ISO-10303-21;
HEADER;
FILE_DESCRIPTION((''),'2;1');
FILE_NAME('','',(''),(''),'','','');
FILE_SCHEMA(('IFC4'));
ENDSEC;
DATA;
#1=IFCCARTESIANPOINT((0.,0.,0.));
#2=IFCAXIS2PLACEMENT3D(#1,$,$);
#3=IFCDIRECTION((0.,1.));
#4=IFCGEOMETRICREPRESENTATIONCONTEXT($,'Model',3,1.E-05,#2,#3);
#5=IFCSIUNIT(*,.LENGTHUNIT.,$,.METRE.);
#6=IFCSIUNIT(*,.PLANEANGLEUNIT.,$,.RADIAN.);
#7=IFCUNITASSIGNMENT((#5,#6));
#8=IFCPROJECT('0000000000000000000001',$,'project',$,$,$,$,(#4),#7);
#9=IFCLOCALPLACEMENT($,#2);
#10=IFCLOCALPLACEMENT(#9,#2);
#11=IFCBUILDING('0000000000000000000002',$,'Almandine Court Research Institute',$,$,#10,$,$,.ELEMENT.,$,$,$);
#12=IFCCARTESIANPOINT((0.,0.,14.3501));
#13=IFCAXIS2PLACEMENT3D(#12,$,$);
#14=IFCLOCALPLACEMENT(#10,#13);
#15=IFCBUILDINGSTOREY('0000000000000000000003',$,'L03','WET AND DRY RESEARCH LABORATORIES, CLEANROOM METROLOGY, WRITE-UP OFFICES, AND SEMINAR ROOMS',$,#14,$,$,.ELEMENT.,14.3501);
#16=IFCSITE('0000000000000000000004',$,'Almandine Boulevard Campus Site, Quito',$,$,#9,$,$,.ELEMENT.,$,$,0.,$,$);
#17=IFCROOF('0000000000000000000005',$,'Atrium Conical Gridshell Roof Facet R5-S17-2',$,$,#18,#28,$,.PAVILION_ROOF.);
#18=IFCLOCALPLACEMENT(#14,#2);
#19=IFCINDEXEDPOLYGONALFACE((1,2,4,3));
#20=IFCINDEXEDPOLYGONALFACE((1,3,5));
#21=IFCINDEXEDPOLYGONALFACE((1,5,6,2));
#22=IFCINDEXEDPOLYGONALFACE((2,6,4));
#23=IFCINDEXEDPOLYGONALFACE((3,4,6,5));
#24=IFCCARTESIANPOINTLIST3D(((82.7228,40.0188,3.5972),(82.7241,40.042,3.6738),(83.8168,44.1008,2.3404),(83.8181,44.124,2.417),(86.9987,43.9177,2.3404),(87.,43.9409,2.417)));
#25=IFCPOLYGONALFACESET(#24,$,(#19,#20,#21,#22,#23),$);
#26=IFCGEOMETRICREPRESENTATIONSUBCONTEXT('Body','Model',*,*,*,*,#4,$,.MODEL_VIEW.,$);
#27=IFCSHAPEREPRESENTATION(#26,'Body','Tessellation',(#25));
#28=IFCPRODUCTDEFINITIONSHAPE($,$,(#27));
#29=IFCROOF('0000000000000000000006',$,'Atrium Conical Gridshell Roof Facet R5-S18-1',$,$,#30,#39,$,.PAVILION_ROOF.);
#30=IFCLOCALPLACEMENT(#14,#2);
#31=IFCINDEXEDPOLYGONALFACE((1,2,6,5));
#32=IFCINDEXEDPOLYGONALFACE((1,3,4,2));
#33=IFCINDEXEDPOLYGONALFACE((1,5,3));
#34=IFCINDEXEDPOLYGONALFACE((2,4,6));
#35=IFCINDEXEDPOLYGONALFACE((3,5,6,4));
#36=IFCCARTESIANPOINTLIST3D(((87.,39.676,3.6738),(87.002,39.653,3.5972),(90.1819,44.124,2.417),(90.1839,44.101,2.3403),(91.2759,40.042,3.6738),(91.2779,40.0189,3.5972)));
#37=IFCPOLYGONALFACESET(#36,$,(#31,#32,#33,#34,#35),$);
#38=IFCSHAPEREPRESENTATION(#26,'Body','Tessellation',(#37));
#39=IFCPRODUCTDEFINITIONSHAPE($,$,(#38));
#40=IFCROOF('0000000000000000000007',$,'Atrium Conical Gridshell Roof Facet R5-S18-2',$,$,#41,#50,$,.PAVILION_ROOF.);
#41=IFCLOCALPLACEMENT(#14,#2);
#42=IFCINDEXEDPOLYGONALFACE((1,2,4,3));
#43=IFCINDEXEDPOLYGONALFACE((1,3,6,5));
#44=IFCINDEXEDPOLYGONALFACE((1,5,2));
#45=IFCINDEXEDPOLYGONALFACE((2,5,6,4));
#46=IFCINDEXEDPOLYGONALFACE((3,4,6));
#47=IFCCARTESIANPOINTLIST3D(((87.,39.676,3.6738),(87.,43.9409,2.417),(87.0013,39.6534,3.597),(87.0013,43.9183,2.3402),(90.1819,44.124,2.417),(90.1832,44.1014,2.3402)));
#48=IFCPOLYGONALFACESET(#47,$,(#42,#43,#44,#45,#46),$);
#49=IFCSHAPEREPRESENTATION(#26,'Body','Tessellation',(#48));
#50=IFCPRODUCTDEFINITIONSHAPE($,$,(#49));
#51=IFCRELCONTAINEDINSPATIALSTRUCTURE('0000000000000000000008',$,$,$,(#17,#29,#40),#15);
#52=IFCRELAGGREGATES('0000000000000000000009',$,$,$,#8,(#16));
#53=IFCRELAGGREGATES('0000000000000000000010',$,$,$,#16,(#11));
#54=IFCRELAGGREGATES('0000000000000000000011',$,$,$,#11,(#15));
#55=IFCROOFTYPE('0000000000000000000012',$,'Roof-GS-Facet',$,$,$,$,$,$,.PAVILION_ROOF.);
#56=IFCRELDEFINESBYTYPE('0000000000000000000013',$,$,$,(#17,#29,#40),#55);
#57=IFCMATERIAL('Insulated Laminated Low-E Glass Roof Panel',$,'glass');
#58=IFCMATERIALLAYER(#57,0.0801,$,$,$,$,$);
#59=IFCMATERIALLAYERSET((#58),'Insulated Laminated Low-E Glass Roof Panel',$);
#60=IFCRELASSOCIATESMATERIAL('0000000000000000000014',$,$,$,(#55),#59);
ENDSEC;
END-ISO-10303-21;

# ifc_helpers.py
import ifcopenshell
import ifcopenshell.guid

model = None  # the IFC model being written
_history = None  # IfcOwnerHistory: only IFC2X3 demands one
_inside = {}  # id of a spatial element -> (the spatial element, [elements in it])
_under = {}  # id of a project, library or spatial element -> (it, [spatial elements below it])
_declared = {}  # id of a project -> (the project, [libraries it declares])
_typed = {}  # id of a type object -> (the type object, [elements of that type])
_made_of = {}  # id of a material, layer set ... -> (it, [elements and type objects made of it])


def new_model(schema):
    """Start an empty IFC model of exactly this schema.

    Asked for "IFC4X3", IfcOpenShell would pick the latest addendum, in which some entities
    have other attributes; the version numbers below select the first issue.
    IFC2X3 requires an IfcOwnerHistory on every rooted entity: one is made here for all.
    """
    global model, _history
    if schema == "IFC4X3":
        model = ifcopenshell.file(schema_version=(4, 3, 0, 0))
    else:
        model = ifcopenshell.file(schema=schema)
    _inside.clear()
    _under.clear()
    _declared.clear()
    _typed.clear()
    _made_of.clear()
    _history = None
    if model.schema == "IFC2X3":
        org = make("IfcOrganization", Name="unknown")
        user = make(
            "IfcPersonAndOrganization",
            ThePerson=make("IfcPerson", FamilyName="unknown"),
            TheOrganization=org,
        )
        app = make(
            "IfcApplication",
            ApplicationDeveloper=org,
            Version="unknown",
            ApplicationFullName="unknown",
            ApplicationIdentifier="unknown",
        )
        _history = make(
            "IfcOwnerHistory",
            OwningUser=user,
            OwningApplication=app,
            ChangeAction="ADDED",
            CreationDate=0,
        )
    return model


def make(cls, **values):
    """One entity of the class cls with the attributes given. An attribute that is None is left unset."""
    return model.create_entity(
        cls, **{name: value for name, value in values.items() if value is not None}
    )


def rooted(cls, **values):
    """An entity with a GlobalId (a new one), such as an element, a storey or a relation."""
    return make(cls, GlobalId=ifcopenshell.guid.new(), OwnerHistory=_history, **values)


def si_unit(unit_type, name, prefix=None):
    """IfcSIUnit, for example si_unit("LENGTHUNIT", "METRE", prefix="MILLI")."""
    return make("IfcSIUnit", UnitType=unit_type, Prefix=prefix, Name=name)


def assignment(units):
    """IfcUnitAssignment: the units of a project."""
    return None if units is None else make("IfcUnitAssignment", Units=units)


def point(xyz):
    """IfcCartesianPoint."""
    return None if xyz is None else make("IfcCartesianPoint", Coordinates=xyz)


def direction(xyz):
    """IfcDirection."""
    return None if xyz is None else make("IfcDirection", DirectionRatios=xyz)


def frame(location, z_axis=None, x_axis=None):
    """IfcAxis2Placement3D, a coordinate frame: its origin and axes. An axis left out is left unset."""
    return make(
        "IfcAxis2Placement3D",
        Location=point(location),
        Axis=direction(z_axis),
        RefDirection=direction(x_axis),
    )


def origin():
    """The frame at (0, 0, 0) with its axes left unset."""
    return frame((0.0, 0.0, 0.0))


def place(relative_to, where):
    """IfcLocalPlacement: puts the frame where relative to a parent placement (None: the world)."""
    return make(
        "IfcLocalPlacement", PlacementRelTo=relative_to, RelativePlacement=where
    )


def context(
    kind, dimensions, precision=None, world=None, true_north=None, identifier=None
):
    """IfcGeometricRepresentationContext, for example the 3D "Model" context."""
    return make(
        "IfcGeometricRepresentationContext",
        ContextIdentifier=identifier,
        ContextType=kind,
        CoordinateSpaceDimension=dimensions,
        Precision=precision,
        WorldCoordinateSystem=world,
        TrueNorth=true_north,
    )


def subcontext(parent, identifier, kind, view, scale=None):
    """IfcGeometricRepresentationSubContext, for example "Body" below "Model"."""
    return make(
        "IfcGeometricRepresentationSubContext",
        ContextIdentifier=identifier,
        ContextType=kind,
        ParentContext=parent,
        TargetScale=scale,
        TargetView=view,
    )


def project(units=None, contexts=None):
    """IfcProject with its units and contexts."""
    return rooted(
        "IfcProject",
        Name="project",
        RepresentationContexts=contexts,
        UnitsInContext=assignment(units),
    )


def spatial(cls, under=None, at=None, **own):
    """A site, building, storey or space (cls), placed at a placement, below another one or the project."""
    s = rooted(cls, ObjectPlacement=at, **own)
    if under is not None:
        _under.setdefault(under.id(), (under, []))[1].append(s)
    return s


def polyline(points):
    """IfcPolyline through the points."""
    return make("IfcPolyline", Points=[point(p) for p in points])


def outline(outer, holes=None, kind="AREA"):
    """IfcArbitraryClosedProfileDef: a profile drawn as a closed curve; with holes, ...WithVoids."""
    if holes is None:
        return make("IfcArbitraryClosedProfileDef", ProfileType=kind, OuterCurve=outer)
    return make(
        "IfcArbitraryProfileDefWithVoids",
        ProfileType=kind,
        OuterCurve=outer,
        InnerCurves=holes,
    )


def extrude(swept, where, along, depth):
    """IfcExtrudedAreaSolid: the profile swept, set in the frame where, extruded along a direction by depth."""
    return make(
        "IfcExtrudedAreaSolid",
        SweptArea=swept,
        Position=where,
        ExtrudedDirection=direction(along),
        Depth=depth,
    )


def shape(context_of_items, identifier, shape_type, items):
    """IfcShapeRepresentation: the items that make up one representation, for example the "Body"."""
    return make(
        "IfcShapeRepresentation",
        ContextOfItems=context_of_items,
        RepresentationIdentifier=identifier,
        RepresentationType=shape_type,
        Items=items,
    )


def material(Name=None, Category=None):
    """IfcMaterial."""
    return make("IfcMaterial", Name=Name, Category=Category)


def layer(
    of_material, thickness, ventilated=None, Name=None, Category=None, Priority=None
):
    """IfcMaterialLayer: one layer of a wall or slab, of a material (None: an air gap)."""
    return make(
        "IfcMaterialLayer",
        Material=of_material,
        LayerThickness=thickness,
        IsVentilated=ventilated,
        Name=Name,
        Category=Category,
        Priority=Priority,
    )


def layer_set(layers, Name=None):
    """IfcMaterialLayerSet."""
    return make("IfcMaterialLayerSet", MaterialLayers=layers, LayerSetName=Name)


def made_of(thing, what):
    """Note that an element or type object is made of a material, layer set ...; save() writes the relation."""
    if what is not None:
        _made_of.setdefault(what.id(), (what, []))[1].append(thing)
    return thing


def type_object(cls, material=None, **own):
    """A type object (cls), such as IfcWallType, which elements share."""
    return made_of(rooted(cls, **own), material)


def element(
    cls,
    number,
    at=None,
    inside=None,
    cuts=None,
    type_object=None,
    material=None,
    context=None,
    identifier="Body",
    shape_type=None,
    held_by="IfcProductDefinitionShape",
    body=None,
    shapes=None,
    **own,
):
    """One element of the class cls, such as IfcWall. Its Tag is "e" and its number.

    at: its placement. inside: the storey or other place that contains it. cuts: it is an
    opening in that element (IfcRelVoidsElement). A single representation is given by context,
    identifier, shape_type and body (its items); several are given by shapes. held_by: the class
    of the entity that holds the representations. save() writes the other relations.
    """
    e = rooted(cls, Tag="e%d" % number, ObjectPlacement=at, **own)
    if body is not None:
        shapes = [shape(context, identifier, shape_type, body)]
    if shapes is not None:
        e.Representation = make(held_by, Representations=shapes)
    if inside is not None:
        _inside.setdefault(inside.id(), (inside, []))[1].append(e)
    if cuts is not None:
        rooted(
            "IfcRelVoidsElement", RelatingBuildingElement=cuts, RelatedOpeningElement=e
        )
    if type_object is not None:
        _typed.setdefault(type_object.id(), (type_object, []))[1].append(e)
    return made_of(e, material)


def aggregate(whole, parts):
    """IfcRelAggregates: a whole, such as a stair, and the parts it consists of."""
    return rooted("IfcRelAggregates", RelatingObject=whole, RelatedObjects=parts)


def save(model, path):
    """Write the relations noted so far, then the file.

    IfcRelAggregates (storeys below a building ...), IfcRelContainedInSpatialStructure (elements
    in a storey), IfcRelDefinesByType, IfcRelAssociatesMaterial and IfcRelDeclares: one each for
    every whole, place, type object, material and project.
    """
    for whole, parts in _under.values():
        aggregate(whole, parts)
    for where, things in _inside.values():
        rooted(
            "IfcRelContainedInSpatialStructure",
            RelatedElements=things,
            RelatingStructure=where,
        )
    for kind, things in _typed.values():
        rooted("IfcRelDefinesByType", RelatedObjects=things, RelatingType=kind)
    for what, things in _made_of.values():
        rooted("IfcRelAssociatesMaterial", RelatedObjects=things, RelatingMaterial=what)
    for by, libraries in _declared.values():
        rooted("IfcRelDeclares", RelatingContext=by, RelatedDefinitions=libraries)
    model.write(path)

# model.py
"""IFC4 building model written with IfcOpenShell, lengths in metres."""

from ifc_helpers import new_model, si_unit, direction, frame, origin, place, context, subcontext, project, spatial, polyline, outline, extrude, material, layer, layer_set, type_object, element, save


model = new_model("IFC4")

# Units and contexts
model_context = context("Model", 3, precision=1e-05, world=origin(), true_north=direction((0.0, 1.0)))
body_context = subcontext(model_context, "Body", "Model", "MODEL_VIEW")
ifc_project = project(units=[si_unit("LENGTHUNIT", "METRE"), si_unit("PLANEANGLEUNIT", "RADIAN")], contexts=[model_context])

# Site, building, storey
site_placement = place(None, origin())
site = spatial("IfcSite", under=ifc_project, at=site_placement, Name="Almandine Boulevard Campus Site, Quito", CompositionType="ELEMENT", RefElevation=0.0)
building_placement = place(site_placement, origin())
building = spatial("IfcBuilding", under=site, at=building_placement, Name="Almandine Court Research Institute", CompositionType="ELEMENT")
storey_placement = place(building_placement, frame((0.0, 0.0, 14.3501)))
storey = spatial("IfcBuildingStorey", under=building, at=storey_placement, Name="L03", Description="WET AND DRY RESEARCH LABORATORIES, CLEANROOM METROLOGY, WRITE-UP OFFICES, AND SEMINAR ROOMS", CompositionType="ELEMENT", Elevation=14.3501)

# Roofs
ifc_material_1 = material(Name="Insulated Laminated Low-E Glass Roof Panel", Category="glass")
ifc_layer_1 = layer(ifc_material_1, 0.0801)
ifc_layer_set_1 = layer_set([ifc_layer_1], Name="Insulated Laminated Low-E Glass Roof Panel")
roof_type = type_object("IfcRoofType", Name="Roof-GS-Facet", PredefinedType="PAVILION_ROOF", material=ifc_layer_set_1)
roof_1_placement = place(storey_placement, frame((82.7241, 40.042, 3.6738), z_axis=(0.016696, 0.290132, 0.956841), x_axis=(0.722091, 0.658433, -0.212249)))
element("IfcRoof", 1, at=roof_1_placement, inside=storey, type_object=roof_type, Name="Atrium Conical Gridshell Roof Facet R5-S17-2", PredefinedType="PAVILION_ROOF", context=body_context, shape_type="SweptSolid", body=[
    extrude(outline(polyline([(0.0, 0.0), (5.9215, 0.0), (3.7445, 2.3277), (0.0, 0.0)])), origin(), (0.0, 0.0, -1.0), 0.0801),
])
roof_2_placement = place(storey_placement, frame((87.0, 39.676, 3.6738), z_axis=(-0.024661, 0.28813, 0.957274), x_axis=(0.996357, 0.085277, 0.0)))
element("IfcRoof", 2, at=roof_2_placement, inside=storey, type_object=roof_type, Name="Atrium Conical Gridshell Roof Facet R5-S18-1", PredefinedType="PAVILION_ROOF", context=body_context, shape_type="SweptSolid", body=[
    extrude(outline(polyline([(0.0, 0.0), (4.2915, 0.0), (3.5496, 4.3461), (0.0, 0.0)])), origin(), (0.0, 0.0, -1.0), 0.0801),
])
roof_3_placement = place(storey_placement, frame((87.0, 39.676, 3.6738), z_axis=(-0.016265, 0.282637, 0.959089), x_axis=(0.567031, 0.79266, -0.223976)))
element("IfcRoof", 3, at=roof_3_placement, inside=storey, type_object=roof_type, Name="Atrium Conical Gridshell Roof Facet R5-S18-2", PredefinedType="PAVILION_ROOF", context=body_context, shape_type="SweptSolid", body=[
    extrude(outline(polyline([(0.0, 0.0), (5.6115, 0.0), (3.6621, 2.5215), (0.0, 0.0)])), origin(), (0.0, 0.0, -1.0), 0.0801),
])

save(model, "model.ifc")
